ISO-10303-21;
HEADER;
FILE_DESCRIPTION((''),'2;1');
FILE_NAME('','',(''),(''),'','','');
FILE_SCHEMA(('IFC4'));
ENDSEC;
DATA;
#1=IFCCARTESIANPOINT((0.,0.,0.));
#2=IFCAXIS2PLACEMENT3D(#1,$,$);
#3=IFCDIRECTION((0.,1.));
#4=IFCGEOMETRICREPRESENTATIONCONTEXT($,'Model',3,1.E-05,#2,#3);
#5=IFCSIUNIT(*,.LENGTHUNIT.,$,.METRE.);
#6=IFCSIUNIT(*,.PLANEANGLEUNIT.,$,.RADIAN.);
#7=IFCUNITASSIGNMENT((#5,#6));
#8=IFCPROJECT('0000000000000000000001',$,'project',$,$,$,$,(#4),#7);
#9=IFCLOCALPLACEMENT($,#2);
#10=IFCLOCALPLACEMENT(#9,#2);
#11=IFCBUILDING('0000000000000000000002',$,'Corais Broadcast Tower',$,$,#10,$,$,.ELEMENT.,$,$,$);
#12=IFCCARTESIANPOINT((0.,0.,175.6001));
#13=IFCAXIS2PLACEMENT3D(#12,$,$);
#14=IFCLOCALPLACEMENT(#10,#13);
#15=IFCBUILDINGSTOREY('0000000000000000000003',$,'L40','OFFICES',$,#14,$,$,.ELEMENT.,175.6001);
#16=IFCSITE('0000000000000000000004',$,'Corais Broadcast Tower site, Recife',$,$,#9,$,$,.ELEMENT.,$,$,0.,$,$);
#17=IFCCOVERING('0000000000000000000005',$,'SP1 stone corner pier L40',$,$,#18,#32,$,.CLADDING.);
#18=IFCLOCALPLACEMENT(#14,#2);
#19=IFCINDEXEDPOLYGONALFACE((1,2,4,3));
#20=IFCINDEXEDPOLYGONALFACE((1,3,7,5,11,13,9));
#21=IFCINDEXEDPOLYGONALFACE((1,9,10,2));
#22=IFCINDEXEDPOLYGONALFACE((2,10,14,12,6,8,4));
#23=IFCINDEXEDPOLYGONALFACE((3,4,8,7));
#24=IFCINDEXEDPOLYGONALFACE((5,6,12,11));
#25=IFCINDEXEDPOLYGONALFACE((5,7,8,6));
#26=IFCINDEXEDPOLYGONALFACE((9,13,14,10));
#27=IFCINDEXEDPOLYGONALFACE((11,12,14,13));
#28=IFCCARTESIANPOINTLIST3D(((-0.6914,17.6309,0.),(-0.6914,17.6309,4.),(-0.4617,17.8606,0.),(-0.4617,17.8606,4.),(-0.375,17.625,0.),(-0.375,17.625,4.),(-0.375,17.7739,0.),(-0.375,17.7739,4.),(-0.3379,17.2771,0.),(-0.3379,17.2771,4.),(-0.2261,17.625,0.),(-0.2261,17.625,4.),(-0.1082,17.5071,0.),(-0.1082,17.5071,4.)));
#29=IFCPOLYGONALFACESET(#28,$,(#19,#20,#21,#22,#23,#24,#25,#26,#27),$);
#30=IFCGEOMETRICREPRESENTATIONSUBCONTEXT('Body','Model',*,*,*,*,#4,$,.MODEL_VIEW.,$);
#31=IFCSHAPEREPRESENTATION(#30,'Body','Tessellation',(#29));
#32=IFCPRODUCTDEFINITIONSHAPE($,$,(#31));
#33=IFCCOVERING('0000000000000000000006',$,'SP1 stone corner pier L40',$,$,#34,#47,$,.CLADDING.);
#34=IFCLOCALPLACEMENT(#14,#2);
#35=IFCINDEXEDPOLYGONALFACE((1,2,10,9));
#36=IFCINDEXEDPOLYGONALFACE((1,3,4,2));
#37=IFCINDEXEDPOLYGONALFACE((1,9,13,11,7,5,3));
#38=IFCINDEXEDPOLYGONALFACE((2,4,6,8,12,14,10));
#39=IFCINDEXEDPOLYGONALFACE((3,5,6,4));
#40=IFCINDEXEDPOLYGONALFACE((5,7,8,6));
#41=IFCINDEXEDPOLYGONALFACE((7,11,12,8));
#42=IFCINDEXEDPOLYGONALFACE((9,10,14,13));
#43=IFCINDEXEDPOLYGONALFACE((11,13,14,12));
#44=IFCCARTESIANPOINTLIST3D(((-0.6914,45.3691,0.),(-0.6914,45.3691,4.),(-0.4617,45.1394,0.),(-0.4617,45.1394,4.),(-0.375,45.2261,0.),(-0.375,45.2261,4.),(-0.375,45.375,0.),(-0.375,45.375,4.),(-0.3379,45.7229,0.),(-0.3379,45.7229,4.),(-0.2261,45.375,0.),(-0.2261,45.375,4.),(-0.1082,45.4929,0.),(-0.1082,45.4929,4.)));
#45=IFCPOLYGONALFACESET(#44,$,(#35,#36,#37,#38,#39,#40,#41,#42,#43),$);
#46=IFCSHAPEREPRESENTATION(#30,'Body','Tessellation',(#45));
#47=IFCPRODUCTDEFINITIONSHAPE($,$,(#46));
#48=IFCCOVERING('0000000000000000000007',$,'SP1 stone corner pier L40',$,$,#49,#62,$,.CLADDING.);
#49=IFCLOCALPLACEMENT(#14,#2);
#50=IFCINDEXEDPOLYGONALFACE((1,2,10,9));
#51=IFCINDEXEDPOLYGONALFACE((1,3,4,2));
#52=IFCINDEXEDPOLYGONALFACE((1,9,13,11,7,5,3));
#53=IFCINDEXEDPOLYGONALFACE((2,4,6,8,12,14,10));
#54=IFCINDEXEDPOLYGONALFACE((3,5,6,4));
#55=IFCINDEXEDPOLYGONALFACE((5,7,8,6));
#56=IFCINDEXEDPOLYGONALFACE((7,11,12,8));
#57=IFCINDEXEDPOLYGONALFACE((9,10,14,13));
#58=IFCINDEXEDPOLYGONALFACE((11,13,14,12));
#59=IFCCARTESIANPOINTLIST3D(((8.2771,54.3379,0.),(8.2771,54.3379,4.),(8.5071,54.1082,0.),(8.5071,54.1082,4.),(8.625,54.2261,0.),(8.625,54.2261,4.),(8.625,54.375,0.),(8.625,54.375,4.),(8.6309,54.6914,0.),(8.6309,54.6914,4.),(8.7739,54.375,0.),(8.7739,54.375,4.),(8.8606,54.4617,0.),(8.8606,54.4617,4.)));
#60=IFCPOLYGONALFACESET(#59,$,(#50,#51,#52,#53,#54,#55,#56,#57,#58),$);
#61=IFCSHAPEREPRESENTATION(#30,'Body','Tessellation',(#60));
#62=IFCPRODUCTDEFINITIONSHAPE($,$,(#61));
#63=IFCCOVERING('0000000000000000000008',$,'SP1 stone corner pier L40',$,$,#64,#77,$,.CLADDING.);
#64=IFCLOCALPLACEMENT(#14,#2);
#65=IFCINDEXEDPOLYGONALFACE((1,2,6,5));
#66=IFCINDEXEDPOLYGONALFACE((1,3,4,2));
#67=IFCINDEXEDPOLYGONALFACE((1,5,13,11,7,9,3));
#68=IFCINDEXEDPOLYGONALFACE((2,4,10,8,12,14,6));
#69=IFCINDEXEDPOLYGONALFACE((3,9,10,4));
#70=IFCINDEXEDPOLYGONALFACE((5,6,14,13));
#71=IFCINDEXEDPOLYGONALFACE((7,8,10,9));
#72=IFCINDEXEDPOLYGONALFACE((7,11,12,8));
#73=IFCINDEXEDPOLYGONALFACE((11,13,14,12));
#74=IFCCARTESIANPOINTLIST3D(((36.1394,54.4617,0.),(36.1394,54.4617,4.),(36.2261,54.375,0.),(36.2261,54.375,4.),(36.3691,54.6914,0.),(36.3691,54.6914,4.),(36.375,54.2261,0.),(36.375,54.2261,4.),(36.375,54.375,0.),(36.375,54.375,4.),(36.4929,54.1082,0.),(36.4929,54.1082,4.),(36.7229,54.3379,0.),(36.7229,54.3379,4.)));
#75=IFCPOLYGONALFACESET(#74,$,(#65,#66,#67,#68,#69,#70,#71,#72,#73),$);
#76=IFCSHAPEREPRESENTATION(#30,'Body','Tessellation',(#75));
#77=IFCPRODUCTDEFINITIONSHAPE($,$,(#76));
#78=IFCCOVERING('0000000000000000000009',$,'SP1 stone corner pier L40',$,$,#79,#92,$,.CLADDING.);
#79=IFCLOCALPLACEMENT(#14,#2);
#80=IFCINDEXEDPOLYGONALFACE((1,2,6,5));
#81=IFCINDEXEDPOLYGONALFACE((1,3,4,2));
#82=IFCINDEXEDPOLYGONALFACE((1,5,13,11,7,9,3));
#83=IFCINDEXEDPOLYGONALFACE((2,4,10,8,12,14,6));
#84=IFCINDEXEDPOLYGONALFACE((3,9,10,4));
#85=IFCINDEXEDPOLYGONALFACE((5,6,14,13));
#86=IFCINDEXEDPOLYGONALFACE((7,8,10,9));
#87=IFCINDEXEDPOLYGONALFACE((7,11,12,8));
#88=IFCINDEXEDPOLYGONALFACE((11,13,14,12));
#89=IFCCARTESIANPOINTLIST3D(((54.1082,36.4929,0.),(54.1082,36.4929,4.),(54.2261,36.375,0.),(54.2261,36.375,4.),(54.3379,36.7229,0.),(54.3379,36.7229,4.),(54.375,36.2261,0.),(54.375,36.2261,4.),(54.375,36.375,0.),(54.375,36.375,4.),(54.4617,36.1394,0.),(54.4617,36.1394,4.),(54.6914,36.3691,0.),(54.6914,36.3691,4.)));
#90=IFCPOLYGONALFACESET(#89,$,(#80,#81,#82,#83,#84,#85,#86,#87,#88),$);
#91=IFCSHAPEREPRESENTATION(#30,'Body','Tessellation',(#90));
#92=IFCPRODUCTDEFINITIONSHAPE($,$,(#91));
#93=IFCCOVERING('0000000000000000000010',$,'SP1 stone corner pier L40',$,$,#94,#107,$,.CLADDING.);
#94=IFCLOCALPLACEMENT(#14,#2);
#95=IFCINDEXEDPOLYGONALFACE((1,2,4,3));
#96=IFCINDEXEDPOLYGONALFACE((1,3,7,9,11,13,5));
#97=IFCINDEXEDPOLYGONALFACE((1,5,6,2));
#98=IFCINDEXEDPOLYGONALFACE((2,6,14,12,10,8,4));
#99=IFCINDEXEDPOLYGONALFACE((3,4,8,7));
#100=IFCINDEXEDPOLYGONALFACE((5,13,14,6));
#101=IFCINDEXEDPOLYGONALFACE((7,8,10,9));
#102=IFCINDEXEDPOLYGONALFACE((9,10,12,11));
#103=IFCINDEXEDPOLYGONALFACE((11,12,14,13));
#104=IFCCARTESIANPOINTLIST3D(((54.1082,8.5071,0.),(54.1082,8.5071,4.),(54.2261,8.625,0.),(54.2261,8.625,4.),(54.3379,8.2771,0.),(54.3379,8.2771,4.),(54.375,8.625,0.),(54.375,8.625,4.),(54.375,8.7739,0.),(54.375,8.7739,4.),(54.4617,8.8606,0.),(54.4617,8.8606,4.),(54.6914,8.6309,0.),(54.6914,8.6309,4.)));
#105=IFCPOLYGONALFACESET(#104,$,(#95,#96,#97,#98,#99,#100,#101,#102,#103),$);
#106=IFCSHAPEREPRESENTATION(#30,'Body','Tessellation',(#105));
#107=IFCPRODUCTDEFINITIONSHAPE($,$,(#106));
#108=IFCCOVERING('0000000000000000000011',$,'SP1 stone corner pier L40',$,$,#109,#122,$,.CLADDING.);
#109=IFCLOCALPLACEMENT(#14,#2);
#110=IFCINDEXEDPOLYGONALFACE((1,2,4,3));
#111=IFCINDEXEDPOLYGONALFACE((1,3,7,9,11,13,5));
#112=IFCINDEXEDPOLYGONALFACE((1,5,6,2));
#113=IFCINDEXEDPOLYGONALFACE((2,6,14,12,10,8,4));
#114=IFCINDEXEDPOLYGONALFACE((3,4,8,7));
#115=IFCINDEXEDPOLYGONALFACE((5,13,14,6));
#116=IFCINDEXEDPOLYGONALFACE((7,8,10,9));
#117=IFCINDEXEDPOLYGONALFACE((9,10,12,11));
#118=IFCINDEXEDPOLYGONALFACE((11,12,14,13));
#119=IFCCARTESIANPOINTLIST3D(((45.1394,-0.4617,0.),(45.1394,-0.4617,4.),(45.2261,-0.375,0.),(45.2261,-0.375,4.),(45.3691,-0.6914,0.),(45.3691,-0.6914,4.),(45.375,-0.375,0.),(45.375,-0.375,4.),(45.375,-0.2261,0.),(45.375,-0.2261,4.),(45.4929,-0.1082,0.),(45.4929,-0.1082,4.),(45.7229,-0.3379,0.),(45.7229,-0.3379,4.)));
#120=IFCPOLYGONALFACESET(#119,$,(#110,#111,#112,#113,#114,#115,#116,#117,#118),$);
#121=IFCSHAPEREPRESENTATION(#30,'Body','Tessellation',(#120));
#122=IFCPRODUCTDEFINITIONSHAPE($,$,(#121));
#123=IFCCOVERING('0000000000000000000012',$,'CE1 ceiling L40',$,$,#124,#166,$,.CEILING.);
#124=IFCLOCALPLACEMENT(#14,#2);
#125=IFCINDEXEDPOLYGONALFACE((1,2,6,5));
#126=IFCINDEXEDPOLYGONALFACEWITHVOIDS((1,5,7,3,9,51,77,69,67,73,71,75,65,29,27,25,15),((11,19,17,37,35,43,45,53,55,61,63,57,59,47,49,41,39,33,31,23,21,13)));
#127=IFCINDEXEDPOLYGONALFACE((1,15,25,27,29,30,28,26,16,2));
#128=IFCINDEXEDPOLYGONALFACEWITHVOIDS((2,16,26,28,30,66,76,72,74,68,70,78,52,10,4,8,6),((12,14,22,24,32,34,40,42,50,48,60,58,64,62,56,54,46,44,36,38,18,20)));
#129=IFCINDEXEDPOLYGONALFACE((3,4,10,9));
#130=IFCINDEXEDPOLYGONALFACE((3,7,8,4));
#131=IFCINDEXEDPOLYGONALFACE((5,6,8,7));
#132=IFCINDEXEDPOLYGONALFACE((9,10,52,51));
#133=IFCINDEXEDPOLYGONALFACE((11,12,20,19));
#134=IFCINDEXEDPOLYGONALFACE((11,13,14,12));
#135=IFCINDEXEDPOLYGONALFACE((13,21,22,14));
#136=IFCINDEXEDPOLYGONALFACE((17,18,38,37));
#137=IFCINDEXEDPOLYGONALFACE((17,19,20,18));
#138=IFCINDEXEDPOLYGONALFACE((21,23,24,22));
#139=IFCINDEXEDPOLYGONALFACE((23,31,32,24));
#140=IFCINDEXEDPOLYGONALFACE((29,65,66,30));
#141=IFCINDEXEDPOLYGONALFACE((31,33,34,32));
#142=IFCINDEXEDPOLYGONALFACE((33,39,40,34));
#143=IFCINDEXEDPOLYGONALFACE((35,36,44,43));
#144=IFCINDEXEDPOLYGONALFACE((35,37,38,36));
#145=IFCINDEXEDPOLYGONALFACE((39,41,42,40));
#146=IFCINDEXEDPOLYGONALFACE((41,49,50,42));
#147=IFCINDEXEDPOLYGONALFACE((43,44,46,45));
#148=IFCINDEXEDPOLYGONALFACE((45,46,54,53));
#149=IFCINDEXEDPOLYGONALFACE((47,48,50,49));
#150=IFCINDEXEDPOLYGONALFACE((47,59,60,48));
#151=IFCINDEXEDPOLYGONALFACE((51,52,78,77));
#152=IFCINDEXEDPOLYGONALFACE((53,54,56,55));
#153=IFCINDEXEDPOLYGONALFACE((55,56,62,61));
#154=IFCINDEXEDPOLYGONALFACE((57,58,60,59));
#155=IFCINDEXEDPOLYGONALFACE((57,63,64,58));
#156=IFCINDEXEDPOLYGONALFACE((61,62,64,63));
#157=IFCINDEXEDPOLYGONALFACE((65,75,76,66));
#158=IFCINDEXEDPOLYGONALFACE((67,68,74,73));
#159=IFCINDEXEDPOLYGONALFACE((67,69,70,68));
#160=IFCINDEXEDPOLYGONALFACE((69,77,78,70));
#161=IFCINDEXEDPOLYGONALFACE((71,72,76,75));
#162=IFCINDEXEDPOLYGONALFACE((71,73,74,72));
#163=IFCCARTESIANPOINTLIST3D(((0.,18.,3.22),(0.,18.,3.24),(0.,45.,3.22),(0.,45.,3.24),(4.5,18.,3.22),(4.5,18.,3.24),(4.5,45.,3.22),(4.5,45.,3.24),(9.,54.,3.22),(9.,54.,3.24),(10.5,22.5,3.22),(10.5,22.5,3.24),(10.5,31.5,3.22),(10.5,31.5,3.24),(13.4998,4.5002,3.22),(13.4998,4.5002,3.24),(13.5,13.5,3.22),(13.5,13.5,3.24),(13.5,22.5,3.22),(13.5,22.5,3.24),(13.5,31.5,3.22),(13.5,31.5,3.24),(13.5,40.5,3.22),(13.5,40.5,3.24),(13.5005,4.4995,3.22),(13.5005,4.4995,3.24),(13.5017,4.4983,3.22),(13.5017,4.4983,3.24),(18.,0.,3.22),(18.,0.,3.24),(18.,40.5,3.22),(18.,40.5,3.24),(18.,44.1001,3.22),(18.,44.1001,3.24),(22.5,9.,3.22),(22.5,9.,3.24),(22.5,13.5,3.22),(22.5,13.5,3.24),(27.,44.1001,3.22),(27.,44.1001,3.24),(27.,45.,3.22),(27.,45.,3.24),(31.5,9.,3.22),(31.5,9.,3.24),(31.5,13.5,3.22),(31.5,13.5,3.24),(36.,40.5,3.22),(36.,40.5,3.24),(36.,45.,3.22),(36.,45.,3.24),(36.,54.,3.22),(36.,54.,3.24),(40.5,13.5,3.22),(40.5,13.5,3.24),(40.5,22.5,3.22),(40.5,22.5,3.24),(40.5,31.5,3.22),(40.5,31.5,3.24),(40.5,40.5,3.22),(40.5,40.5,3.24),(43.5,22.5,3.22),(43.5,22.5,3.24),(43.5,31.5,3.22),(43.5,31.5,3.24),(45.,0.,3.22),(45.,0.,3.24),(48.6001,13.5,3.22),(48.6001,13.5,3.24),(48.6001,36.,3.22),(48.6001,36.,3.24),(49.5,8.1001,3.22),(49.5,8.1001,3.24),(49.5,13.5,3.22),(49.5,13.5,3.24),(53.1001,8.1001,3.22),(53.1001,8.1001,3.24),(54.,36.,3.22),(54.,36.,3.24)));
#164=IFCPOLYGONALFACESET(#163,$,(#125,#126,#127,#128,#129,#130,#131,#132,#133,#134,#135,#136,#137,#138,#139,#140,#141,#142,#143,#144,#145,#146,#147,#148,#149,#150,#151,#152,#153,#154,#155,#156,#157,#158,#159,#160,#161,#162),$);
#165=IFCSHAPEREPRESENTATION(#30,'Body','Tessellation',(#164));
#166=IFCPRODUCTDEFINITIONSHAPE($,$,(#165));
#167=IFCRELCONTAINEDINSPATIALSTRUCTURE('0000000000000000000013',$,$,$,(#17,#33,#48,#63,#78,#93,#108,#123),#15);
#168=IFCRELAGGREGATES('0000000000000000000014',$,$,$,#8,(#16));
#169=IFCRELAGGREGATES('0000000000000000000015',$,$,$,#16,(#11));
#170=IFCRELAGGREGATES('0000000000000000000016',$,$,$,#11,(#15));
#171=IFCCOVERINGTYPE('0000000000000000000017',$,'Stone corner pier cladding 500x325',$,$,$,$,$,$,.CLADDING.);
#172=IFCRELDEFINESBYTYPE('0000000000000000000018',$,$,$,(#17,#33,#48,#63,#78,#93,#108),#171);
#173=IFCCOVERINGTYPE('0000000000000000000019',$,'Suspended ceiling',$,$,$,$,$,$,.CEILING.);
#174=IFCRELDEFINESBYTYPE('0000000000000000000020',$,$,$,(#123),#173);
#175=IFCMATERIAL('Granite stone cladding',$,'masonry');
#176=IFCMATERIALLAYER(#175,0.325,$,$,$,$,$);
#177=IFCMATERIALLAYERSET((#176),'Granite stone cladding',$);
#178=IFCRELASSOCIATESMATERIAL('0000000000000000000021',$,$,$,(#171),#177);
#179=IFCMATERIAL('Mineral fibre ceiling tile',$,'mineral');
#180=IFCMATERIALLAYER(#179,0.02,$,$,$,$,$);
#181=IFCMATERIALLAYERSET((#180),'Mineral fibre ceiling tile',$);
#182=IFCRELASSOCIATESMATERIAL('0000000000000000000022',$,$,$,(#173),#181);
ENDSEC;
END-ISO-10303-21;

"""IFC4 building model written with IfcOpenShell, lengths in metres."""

from ifc_helpers import new_model, si_unit, direction, frame, origin, place, context, subcontext, project, spatial, polyline, outline, extrude, material, layer, layer_set, type_object, element, save


model = new_model("IFC4")

# Units and contexts
model_context = context("Model", 3, precision=1e-05, world=origin(), true_north=direction((0.0, 1.0)))
body_context = subcontext(model_context, "Body", "Model", "MODEL_VIEW")
ifc_project = project(units=[si_unit("LENGTHUNIT", "METRE"), si_unit("PLANEANGLEUNIT", "RADIAN")], contexts=[model_context])

# Site, building, storey
site_placement = place(None, origin())
site = spatial("IfcSite", under=ifc_project, at=site_placement, Name="Corais Broadcast Tower site, Recife", CompositionType="ELEMENT", RefElevation=0.0)
building_placement = place(site_placement, origin())
building = spatial("IfcBuilding", under=site, at=building_placement, Name="Corais Broadcast Tower", CompositionType="ELEMENT")
storey_placement = place(building_placement, frame((0.0, 0.0, 175.6001)))
storey = spatial("IfcBuildingStorey", under=building, at=storey_placement, Name="L40", Description="OFFICES", CompositionType="ELEMENT", Elevation=175.6001)

# Coverings
ifc_material_1 = material(Name="Granite stone cladding", Category="masonry")
ifc_layer_1 = layer(ifc_material_1, 0.325)
ifc_layer_set_1 = layer_set([ifc_layer_1], Name="Granite stone cladding")
covering_type_1 = type_object("IfcCoveringType", Name="Stone corner pier cladding 500x325", PredefinedType="CLADDING", material=ifc_layer_set_1)
covering_1_placement = place(storey_placement, origin())
element("IfcCovering", 1, at=covering_1_placement, inside=storey, type_object=covering_type_1, Name="SP1 stone corner pier L40", PredefinedType="CLADDING", context=body_context, shape_type="SweptSolid", body=[
    extrude(outline(polyline([(-0.375, 17.7739), (-0.4617, 17.8606), (-0.6914, 17.6309), (-0.3379, 17.2771), (-0.1082, 17.5071), (-0.2261, 17.625), (-0.375, 17.625), (-0.375, 17.7739)])), origin(), (0.0, 0.0, 1.0), 4.0),
])
covering_2_placement = place(storey_placement, origin())
element("IfcCovering", 2, at=covering_2_placement, inside=storey, type_object=covering_type_1, Name="SP1 stone corner pier L40", PredefinedType="CLADDING", context=body_context, shape_type="SweptSolid", body=[
    extrude(outline(polyline([(-0.4617, 45.1394), (-0.375, 45.2261), (-0.375, 45.375), (-0.2261, 45.375), (-0.1082, 45.4929), (-0.3379, 45.7229), (-0.6914, 45.3691), (-0.4617, 45.1394)])), origin(), (0.0, 0.0, 1.0), 4.0),
])
covering_3_placement = place(storey_placement, origin())
element("IfcCovering", 3, at=covering_3_placement, inside=storey, type_object=covering_type_1, Name="SP1 stone corner pier L40", PredefinedType="CLADDING", context=body_context, shape_type="SweptSolid", body=[
    extrude(outline(polyline([(8.7739, 54.375), (8.8606, 54.4617), (8.6309, 54.6914), (8.2771, 54.3379), (8.5071, 54.1082), (8.625, 54.2261), (8.625, 54.375), (8.7739, 54.375)])), origin(), (0.0, 0.0, 1.0), 4.0),
])
covering_4_placement = place(storey_placement, origin())
element("IfcCovering", 4, at=covering_4_placement, inside=storey, type_object=covering_type_1, Name="SP1 stone corner pier L40", PredefinedType="CLADDING", context=body_context, shape_type="SweptSolid", body=[
    extrude(outline(polyline([(36.1394, 54.4617), (36.2261, 54.375), (36.375, 54.375), (36.375, 54.2261), (36.4929, 54.1082), (36.7229, 54.3379), (36.3691, 54.6914), (36.1394, 54.4617)])), origin(), (0.0, 0.0, 1.0), 4.0),
])
covering_5_placement = place(storey_placement, origin())
element("IfcCovering", 5, at=covering_5_placement, inside=storey, type_object=covering_type_1, Name="SP1 stone corner pier L40", PredefinedType="CLADDING", context=body_context, shape_type="SweptSolid", body=[
    extrude(outline(polyline([(54.375, 36.2261), (54.4617, 36.1394), (54.6914, 36.3691), (54.3379, 36.7229), (54.1082, 36.4929), (54.2261, 36.375), (54.375, 36.375), (54.375, 36.2261)])), origin(), (0.0, 0.0, 1.0), 4.0),
])
covering_6_placement = place(storey_placement, origin())
element("IfcCovering", 6, at=covering_6_placement, inside=storey, type_object=covering_type_1, Name="SP1 stone corner pier L40", PredefinedType="CLADDING", context=body_context, shape_type="SweptSolid", body=[
    extrude(outline(polyline([(54.4617, 8.8606), (54.375, 8.7739), (54.375, 8.625), (54.2261, 8.625), (54.1082, 8.5071), (54.3379, 8.2771), (54.6914, 8.6309), (54.4617, 8.8606)])), origin(), (0.0, 0.0, 1.0), 4.0),
])
covering_7_placement = place(storey_placement, origin())
element("IfcCovering", 7, at=covering_7_placement, inside=storey, type_object=covering_type_1, Name="SP1 stone corner pier L40", PredefinedType="CLADDING", context=body_context, shape_type="SweptSolid", body=[
    extrude(outline(polyline([(45.2261, -0.375), (45.1394, -0.4617), (45.3691, -0.6914), (45.7229, -0.3379), (45.4929, -0.1082), (45.375, -0.2261), (45.375, -0.375), (45.2261, -0.375)])), origin(), (0.0, 0.0, 1.0), 4.0),
])
ifc_material_2 = material(Name="Mineral fibre ceiling tile", Category="mineral")
ifc_layer_2 = layer(ifc_material_2, 0.02)
ifc_layer_set_2 = layer_set([ifc_layer_2], Name="Mineral fibre ceiling tile")
covering_type_2 = type_object("IfcCoveringType", Name="Suspended ceiling", PredefinedType="CEILING", material=ifc_layer_set_2)
covering_8_placement = place(storey_placement, frame((0.0, 0.0, 3.22)))
element("IfcCovering", 8, at=covering_8_placement, inside=storey, type_object=covering_type_2, Name="CE1 ceiling L40", PredefinedType="CEILING", context=body_context, shape_type="SweptSolid", body=[
    extrude(outline(polyline([(48.6001, 13.5), (49.5, 13.5), (49.5, 8.1001), (53.1001, 8.1001), (45.0, 0.0), (18.0, 0.0), (13.5017, 4.4983), (13.5005, 4.4995), (13.4998, 4.5002), (0.0, 18.0), (4.5, 18.0), (4.5, 45.0), (0.0, 45.0), (9.0, 54.0), (36.0, 54.0), (54.0, 36.0), (48.6001, 36.0), (48.6001, 13.5)]), holes=[polyline([(13.5, 31.5), (10.5, 31.5), (10.5, 22.5), (13.5, 22.5), (13.5, 13.5), (22.5, 13.5), (22.5, 9.0), (31.5, 9.0), (31.5, 13.5), (40.5, 13.5), (40.5, 22.5), (43.5, 22.5), (43.5, 31.5), (40.5, 31.5), (40.5, 40.5), (36.0, 40.5), (36.0, 45.0), (27.0, 45.0), (27.0, 44.1001), (18.0, 44.1001), (18.0, 40.5), (13.5, 40.5), (13.5, 31.5)])]), origin(), (0.0, 0.0, 1.0), 0.02),
])

save(model, "model.ifc")
